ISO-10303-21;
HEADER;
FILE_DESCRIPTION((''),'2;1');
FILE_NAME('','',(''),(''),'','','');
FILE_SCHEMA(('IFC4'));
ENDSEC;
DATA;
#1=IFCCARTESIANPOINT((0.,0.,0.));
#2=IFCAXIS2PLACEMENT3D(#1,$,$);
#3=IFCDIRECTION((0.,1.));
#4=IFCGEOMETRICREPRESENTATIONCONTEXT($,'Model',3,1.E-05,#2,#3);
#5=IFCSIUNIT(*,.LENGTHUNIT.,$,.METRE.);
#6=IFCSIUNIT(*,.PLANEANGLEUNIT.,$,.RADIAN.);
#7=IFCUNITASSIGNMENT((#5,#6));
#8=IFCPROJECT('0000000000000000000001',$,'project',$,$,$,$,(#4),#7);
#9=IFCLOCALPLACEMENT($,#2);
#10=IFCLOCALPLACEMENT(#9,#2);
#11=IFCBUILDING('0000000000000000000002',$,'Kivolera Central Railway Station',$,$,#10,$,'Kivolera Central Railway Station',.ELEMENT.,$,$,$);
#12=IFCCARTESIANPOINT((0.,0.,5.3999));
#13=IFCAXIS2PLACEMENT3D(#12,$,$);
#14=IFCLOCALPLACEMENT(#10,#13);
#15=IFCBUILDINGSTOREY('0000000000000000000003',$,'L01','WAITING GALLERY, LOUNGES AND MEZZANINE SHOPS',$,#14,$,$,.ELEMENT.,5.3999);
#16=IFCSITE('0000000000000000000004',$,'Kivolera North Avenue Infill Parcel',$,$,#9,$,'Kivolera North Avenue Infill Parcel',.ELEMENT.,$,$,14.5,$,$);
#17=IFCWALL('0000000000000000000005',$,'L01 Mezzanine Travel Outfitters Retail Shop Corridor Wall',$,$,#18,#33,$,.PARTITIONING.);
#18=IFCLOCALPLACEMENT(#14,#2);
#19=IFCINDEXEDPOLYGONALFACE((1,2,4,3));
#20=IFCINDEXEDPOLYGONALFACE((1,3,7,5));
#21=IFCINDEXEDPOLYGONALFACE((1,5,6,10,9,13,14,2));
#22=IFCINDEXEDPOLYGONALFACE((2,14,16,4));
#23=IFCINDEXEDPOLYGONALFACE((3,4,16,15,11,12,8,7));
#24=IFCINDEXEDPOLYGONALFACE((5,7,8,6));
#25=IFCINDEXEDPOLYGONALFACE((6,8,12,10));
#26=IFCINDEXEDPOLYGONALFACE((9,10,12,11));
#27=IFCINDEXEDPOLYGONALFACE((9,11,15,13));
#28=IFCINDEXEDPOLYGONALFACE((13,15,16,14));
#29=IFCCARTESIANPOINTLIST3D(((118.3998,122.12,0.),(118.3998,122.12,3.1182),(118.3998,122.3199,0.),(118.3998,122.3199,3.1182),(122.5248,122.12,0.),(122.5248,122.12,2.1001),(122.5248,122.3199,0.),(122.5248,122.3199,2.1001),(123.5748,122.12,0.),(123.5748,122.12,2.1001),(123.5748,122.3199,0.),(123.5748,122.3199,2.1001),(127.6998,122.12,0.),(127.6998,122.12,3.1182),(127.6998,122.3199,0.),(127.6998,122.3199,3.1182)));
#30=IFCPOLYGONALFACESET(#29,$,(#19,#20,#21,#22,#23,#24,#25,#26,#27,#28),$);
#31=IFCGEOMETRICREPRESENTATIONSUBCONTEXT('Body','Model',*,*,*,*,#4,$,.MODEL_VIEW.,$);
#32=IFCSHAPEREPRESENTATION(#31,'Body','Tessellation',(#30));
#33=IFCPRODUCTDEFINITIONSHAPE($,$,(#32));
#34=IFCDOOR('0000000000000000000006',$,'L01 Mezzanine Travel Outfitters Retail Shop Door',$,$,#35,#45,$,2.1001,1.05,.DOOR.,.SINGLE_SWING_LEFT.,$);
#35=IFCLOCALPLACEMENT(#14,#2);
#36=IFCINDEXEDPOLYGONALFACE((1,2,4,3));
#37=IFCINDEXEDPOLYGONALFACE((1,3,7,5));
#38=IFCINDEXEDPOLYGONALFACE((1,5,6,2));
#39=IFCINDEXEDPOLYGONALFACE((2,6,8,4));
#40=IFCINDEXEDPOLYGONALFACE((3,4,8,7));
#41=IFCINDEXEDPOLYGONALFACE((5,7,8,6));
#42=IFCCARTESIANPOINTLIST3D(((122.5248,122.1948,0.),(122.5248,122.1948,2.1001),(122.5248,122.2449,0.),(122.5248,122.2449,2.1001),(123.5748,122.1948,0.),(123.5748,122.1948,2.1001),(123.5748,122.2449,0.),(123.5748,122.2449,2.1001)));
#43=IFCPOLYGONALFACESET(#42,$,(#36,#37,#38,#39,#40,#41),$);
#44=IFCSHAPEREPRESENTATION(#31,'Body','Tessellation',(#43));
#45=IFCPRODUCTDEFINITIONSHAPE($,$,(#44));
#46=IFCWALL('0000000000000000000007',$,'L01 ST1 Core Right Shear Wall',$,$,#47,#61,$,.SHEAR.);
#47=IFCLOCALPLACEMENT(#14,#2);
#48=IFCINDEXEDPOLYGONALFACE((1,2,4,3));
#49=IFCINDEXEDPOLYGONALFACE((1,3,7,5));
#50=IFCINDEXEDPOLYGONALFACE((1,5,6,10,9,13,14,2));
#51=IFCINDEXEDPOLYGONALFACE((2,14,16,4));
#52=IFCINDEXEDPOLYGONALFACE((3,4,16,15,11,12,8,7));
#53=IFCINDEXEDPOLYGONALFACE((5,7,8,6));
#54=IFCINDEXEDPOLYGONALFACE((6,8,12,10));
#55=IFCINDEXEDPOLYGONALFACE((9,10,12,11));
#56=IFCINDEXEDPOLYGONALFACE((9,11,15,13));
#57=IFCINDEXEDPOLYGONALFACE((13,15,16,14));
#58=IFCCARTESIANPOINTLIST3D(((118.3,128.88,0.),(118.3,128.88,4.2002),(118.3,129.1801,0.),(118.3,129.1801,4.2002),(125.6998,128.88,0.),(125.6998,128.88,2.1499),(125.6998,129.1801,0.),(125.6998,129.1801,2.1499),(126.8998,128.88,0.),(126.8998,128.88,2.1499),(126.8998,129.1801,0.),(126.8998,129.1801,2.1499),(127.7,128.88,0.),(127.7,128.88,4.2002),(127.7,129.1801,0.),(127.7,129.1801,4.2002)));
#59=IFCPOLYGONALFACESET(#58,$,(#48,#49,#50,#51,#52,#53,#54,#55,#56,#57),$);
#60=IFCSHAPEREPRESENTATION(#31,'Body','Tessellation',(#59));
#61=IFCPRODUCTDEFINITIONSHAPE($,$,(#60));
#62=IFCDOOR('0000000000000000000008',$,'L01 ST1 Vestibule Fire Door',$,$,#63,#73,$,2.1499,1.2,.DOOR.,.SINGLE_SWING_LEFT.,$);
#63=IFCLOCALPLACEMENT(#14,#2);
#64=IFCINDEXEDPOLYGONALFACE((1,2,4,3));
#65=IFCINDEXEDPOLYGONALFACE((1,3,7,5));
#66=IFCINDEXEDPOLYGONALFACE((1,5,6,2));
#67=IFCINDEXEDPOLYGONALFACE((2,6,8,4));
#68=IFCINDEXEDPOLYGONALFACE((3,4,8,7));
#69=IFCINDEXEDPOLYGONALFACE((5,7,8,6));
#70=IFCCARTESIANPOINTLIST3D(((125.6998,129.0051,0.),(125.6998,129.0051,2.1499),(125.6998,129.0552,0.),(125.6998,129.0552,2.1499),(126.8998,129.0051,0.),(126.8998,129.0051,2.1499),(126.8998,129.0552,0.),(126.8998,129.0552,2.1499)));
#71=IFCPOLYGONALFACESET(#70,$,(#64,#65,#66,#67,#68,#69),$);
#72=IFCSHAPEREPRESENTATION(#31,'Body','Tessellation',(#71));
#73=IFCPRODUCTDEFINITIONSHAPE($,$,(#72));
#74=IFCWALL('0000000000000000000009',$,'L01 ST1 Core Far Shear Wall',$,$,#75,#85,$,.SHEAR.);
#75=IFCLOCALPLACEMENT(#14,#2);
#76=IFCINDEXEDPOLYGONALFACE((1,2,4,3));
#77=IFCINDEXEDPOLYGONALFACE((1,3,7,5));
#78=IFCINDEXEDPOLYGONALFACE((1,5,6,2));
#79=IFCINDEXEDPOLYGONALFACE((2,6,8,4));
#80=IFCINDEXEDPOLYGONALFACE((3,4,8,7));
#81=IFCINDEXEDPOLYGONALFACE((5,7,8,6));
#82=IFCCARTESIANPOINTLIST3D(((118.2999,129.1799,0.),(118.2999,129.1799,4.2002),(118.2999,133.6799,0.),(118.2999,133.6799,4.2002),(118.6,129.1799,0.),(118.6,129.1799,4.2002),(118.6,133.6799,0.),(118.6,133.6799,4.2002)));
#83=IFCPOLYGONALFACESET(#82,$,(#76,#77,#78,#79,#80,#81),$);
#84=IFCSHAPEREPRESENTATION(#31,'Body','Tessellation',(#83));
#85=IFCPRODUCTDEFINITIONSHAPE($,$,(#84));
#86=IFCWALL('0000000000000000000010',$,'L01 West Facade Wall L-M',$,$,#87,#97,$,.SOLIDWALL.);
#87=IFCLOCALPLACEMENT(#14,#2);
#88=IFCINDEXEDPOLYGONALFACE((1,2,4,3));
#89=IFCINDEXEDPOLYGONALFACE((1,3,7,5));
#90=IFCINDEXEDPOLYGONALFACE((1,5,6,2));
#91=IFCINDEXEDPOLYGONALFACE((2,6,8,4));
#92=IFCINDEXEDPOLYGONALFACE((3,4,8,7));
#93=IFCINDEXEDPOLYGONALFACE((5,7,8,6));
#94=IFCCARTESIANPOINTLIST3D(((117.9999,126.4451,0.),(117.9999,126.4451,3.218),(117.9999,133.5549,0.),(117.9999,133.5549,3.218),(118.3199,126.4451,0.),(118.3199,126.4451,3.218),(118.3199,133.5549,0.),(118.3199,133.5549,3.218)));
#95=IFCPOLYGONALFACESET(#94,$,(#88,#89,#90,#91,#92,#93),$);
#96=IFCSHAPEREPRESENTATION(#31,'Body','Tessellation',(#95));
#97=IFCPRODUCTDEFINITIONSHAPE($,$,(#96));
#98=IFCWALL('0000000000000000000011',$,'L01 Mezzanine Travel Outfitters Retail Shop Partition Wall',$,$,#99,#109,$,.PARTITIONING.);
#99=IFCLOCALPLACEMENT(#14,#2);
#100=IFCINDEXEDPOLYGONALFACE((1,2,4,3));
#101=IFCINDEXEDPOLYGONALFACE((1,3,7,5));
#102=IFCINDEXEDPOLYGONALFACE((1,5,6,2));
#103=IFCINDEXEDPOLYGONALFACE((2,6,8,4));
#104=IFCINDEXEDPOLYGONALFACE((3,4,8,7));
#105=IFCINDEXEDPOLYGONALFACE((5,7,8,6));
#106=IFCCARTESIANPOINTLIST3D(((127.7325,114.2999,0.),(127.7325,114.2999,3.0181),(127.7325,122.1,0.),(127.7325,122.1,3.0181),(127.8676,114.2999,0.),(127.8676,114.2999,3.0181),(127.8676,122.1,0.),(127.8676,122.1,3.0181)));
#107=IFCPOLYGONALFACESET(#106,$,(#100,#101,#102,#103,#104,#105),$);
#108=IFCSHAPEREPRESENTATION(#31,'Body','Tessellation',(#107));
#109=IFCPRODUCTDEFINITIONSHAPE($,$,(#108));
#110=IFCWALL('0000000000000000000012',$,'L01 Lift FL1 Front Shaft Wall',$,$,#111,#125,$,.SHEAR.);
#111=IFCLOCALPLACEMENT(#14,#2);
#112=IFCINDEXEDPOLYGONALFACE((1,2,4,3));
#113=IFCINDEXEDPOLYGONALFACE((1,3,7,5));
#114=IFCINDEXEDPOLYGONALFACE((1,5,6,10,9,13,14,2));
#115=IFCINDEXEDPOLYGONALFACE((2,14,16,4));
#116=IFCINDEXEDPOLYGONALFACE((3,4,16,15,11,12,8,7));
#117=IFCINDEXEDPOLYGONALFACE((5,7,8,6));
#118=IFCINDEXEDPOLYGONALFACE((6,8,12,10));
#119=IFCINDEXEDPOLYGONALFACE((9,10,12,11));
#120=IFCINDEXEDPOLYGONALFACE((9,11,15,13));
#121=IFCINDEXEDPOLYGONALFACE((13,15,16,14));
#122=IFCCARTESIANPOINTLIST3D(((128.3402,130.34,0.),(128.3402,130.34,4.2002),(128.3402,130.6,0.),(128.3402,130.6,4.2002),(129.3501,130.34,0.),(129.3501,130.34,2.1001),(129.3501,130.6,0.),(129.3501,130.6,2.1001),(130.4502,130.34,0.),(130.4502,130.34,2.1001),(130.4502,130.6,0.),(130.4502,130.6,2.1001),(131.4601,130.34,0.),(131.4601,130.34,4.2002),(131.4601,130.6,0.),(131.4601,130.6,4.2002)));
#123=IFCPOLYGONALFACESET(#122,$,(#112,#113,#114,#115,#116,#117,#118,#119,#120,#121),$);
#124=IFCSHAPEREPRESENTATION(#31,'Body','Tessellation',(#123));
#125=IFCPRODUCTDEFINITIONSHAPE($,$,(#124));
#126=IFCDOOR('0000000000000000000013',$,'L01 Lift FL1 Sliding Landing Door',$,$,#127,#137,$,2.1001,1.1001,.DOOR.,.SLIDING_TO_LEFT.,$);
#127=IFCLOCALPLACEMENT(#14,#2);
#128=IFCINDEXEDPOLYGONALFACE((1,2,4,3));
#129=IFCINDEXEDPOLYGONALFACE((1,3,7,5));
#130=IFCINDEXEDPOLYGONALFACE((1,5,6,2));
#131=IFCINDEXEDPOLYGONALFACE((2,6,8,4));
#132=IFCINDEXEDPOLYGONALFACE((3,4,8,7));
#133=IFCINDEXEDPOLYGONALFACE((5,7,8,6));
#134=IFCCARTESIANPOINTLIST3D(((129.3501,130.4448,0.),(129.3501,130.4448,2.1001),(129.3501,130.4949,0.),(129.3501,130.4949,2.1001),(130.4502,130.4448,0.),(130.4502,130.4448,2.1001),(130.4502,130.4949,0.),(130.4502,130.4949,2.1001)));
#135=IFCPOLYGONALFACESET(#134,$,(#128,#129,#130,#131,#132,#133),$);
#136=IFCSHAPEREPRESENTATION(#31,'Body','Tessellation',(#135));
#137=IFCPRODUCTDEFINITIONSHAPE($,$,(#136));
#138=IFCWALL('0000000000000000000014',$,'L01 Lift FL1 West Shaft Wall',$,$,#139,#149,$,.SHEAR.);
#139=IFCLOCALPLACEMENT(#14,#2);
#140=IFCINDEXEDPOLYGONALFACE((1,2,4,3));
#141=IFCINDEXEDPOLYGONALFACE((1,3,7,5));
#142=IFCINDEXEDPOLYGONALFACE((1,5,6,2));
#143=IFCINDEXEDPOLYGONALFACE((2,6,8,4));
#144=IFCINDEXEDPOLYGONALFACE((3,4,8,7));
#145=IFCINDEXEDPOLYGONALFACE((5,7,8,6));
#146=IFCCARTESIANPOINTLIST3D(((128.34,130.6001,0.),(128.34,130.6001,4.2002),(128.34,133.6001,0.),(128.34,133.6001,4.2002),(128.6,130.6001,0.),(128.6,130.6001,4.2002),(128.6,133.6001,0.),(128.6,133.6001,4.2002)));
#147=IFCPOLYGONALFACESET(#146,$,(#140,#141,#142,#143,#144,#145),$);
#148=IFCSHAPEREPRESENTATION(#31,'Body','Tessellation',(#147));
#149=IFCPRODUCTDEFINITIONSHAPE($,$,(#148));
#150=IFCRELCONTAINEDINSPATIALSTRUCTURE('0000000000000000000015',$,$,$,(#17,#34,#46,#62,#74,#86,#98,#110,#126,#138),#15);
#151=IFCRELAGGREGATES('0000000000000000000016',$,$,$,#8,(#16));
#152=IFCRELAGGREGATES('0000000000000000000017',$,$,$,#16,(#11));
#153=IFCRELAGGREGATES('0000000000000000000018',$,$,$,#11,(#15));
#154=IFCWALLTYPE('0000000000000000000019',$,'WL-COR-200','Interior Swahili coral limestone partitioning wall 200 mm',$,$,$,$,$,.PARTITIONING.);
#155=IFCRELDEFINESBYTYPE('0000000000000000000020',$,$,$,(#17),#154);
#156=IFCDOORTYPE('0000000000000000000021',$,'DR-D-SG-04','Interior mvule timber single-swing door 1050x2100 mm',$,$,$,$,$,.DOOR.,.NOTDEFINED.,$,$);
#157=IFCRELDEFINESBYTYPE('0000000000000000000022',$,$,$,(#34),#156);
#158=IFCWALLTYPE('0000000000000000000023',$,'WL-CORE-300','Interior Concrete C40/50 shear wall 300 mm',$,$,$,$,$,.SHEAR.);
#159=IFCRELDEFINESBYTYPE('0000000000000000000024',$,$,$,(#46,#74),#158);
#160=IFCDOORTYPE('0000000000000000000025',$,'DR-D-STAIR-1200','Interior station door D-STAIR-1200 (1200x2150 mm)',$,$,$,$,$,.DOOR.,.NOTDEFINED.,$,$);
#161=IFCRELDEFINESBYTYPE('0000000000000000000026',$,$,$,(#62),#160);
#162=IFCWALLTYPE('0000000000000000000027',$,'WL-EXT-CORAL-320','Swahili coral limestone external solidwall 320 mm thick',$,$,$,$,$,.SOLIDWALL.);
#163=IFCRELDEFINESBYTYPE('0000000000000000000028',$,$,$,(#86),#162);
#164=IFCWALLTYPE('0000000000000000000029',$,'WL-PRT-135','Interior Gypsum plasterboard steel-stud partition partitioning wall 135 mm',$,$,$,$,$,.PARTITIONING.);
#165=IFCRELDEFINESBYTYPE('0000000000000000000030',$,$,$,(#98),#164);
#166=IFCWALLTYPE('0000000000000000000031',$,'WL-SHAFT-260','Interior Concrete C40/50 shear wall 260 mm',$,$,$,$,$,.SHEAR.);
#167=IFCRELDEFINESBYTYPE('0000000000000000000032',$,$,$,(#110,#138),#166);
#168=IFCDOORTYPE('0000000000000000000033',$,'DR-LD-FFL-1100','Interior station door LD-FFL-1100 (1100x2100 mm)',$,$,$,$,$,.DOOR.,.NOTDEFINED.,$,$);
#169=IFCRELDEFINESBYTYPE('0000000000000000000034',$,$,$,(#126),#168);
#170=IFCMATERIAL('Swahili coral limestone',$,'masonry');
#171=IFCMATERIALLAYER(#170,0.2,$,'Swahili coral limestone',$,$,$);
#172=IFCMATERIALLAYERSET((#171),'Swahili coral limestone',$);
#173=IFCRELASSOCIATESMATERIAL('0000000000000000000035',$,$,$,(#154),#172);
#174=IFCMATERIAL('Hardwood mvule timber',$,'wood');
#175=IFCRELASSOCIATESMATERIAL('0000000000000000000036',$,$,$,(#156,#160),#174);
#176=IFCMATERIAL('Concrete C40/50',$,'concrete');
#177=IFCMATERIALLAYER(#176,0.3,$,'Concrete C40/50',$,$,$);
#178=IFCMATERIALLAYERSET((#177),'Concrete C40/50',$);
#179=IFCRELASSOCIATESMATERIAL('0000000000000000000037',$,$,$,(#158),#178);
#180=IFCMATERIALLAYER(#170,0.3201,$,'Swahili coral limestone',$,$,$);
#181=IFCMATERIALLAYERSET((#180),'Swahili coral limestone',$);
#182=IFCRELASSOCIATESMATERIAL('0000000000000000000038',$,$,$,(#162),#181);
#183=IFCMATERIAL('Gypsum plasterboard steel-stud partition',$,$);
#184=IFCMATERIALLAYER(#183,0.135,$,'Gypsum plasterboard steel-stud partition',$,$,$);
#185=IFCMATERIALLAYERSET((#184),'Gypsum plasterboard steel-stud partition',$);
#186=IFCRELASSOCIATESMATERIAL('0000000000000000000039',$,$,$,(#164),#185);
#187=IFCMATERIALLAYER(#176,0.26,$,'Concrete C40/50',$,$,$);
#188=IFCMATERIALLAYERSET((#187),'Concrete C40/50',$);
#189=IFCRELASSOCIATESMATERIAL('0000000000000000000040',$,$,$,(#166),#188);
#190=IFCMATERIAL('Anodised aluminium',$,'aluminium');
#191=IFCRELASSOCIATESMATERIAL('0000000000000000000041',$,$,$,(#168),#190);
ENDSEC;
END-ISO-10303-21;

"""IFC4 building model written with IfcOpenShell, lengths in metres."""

from ifc_helpers import new_model, si_unit, direction, frame, frame_2d, origin, place, context, subcontext, project, spatial, rectangle, extrude, material, layer, layer_set, type_object, element, fill, save


model = new_model("IFC4")

# Units and contexts
model_context = context("Model", 3, precision=1e-05, world=origin(), true_north=direction((0.0, 1.0)))
body_context = subcontext(model_context, "Body", "Model", "MODEL_VIEW")
ifc_project = project(units=[si_unit("LENGTHUNIT", "METRE"), si_unit("PLANEANGLEUNIT", "RADIAN")], contexts=[model_context])

# Site, building, storey
site_placement = place(None, origin())
site = spatial("IfcSite", under=ifc_project, at=site_placement, Name="Kivolera North Avenue Infill Parcel", LongName="Kivolera North Avenue Infill Parcel", CompositionType="ELEMENT", RefElevation=14.5)
building_placement = place(site_placement, origin())
building = spatial("IfcBuilding", under=site, at=building_placement, Name="Kivolera Central Railway Station", LongName="Kivolera Central Railway Station", CompositionType="ELEMENT")
storey_placement = place(building_placement, frame((0.0, 0.0, 5.3999)))
storey = spatial("IfcBuildingStorey", under=building, at=storey_placement, Name="L01", Description="WAITING GALLERY, LOUNGES AND MEZZANINE SHOPS", CompositionType="ELEMENT", Elevation=5.3999)

# Shared definitions
ifc_material_1 = material(Name="Concrete C40/50", Category="concrete")

# Shared definitions
ifc_material_2 = material(Name="Anodised aluminium", Category="aluminium")

# Walls, openings, doors
ifc_material_3 = material(Name="Swahili coral limestone", Category="masonry")
ifc_layer_1 = layer(ifc_material_3, 0.2, Name="Swahili coral limestone")
ifc_layer_set_1 = layer_set([ifc_layer_1], Name="Swahili coral limestone")
wall_type_1 = type_object("IfcWallType", Name="WL-COR-200", Description="Interior Swahili coral limestone partitioning wall 200 mm", PredefinedType="PARTITIONING", material=ifc_layer_set_1)
wall_1_placement = place(storey_placement, frame((118.3999, 122.22, 0.0), z_axis=(0.0, 0.0, 1.0), x_axis=(1.0, 0.0, 0.0)))
wall_1 = element("IfcWall", 1, at=wall_1_placement, inside=storey, type_object=wall_type_1, Name="L01 Mezzanine Travel Outfitters Retail Shop Corridor Wall", PredefinedType="PARTITIONING", context=body_context, shape_type="SweptSolid", body=[
    extrude(rectangle(XDim=9.3, YDim=0.2, at=frame_2d((4.6499, 0.0))), origin(), (0.0, 0.0, 1.0), 3.1182),
])
opening_1_placement = place(wall_1_placement, frame((4.125, 0.0, 0.0)))
opening_1 = element("IfcOpeningElement", 2, at=opening_1_placement, cuts=wall_1, PredefinedType="OPENING", context=body_context, shape_type="SweptSolid", body=[
    extrude(rectangle(XDim=1.05, YDim=2.1001, at=frame_2d((0.5249, 1.05))), frame((0.0, 0.1099, 0.0), z_axis=(0.0, -1.0, 0.0), x_axis=(1.0, 0.0, 0.0)), (0.0, 0.0, 1.0), 0.22),
])
ifc_material_4 = material(Name="Hardwood mvule timber", Category="wood")
door_type_1 = type_object("IfcDoorType", Name="DR-D-SG-04", Description="Interior mvule timber single-swing door 1050x2100 mm", OperationType="NOTDEFINED", PredefinedType="DOOR", material=ifc_material_4)
door_1_placement = place(opening_1_placement, origin())
door_1 = element("IfcDoor", 3, at=door_1_placement, inside=storey, type_object=door_type_1, Name="L01 Mezzanine Travel Outfitters Retail Shop Door", OperationType="SINGLE_SWING_LEFT", OverallHeight=2.1001, OverallWidth=1.05, PredefinedType="DOOR", context=body_context, shape_type="SweptSolid", body=[
    extrude(rectangle(XDim=1.05, YDim=2.1001, at=frame_2d((0.5249, 1.05))), frame((0.0, 0.0249, 0.0), z_axis=(0.0, -1.0, 0.0), x_axis=(1.0, 0.0, 0.0)), (0.0, 0.0, 1.0), 0.05),
])
fill(opening_1, door_1)
ifc_layer_2 = layer(ifc_material_1, 0.3, Name="Concrete C40/50")
ifc_layer_set_2 = layer_set([ifc_layer_2], Name="Concrete C40/50")
wall_type_2 = type_object("IfcWallType", Name="WL-CORE-300", Description="Interior Concrete C40/50 shear wall 300 mm", PredefinedType="SHEAR", material=ifc_layer_set_2)
wall_2_placement = place(storey_placement, frame((127.7, 129.03, 0.0), z_axis=(0.0, 0.0, 1.0), x_axis=(-1.0, 0.0, 0.0)))
wall_2 = element("IfcWall", 4, at=wall_2_placement, inside=storey, type_object=wall_type_2, Name="L01 ST1 Core Right Shear Wall", PredefinedType="SHEAR", context=body_context, shape_type="SweptSolid", body=[
    extrude(rectangle(XDim=9.3999, YDim=0.3, at=frame_2d((4.7, 0.0))), origin(), (0.0, 0.0, 1.0), 4.2002),
])
opening_2_placement = place(wall_2_placement, frame((0.8, 0.0, 0.0)))
opening_2 = element("IfcOpeningElement", 5, at=opening_2_placement, cuts=wall_2, PredefinedType="OPENING", context=body_context, shape_type="SweptSolid", body=[
    extrude(rectangle(XDim=1.2, YDim=2.1499, at=frame_2d((0.6001, 1.075))), frame((0.0, 0.1599, 0.0), z_axis=(0.0, -1.0, 0.0), x_axis=(1.0, 0.0, 0.0)), (0.0, 0.0, 1.0), 0.3201),
])
door_type_2 = type_object("IfcDoorType", Name="DR-D-STAIR-1200", Description="Interior station door D-STAIR-1200 (1200x2150 mm)", OperationType="NOTDEFINED", PredefinedType="DOOR", material=ifc_material_4)
door_2_placement = place(opening_2_placement, origin())
door_2 = element("IfcDoor", 6, at=door_2_placement, inside=storey, type_object=door_type_2, Name="L01 ST1 Vestibule Fire Door", OperationType="SINGLE_SWING_LEFT", OverallHeight=2.1499, OverallWidth=1.2, PredefinedType="DOOR", context=body_context, shape_type="SweptSolid", body=[
    extrude(rectangle(XDim=1.2, YDim=2.1499, at=frame_2d((0.6001, 1.075))), frame((0.0, 0.0249, 0.0), z_axis=(0.0, -1.0, 0.0), x_axis=(1.0, 0.0, 0.0)), (0.0, 0.0, 1.0), 0.05),
])
fill(opening_2, door_2)

# Walls
wall_3_placement = place(storey_placement, frame((118.45, 129.1799, 0.0), z_axis=(0.0, 0.0, 1.0), x_axis=(0.0, 1.0, 0.0)))
element("IfcWall", 7, at=wall_3_placement, inside=storey, type_object=wall_type_2, Name="L01 ST1 Core Far Shear Wall", PredefinedType="SHEAR", context=body_context, shape_type="SweptSolid", body=[
    extrude(rectangle(XDim=4.5, YDim=0.3, at=frame_2d((2.25, 0.0))), origin(), (0.0, 0.0, 1.0), 4.2002),
])
ifc_layer_3 = layer(ifc_material_3, 0.3201, Name="Swahili coral limestone")
ifc_layer_set_3 = layer_set([ifc_layer_3], Name="Swahili coral limestone")
wall_type_3 = type_object("IfcWallType", Name="WL-EXT-CORAL-320", Description="Swahili coral limestone external solidwall 320 mm thick", PredefinedType="SOLIDWALL", material=ifc_layer_set_3)
wall_4_placement = place(storey_placement, frame((118.1599, 126.4451, 0.0), z_axis=(0.0, 0.0, 1.0), x_axis=(0.0, 1.0, 0.0)))
element("IfcWall", 8, at=wall_4_placement, inside=storey, type_object=wall_type_3, Name="L01 West Facade Wall L-M", PredefinedType="SOLIDWALL", context=body_context, shape_type="SweptSolid", body=[
    extrude(rectangle(XDim=7.1099, YDim=0.3201, at=frame_2d((3.5549, 0.0))), origin(), (0.0, 0.0, 1.0), 3.218),
])

# Wall
ifc_material_5 = material(Name="Gypsum plasterboard steel-stud partition")
ifc_layer_4 = layer(ifc_material_5, 0.135, Name="Gypsum plasterboard steel-stud partition")
ifc_layer_set_4 = layer_set([ifc_layer_4], Name="Gypsum plasterboard steel-stud partition")
wall_type_4 = type_object("IfcWallType", Name="WL-PRT-135", Description="Interior Gypsum plasterboard steel-stud partition partitioning wall 135 mm", PredefinedType="PARTITIONING", material=ifc_layer_set_4)
wall_5_placement = place(storey_placement, frame((127.8, 114.3, 0.0), z_axis=(0.0, 0.0, 1.0), x_axis=(0.0, 1.0, 0.0)))
element("IfcWall", 9, at=wall_5_placement, inside=storey, type_object=wall_type_4, Name="L01 Mezzanine Travel Outfitters Retail Shop Partition Wall", PredefinedType="PARTITIONING", context=body_context, shape_type="SweptSolid", body=[
    extrude(rectangle(XDim=7.8, YDim=0.135, at=frame_2d((3.8999, 0.0))), origin(), (0.0, 0.0, 1.0), 3.0181),
])

# Wall, opening, door
ifc_layer_5 = layer(ifc_material_1, 0.26, Name="Concrete C40/50")
ifc_layer_set_5 = layer_set([ifc_layer_5], Name="Concrete C40/50")
wall_type_5 = type_object("IfcWallType", Name="WL-SHAFT-260", Description="Interior Concrete C40/50 shear wall 260 mm", PredefinedType="SHEAR", material=ifc_layer_set_5)
wall_6_placement = place(storey_placement, frame((128.3401, 130.47, 0.0), z_axis=(0.0, 0.0, 1.0), x_axis=(1.0, 0.0, 0.0)))
wall_6 = element("IfcWall", 10, at=wall_6_placement, inside=storey, type_object=wall_type_5, Name="L01 Lift FL1 Front Shaft Wall", PredefinedType="SHEAR", context=body_context, shape_type="SweptSolid", body=[
    extrude(rectangle(XDim=3.1199, YDim=0.26, at=frame_2d((1.5601, 0.0))), origin(), (0.0, 0.0, 1.0), 4.2002),
])
opening_3_placement = place(wall_6_placement, frame((1.01, 0.0, 0.0)))
opening_3 = element("IfcOpeningElement", 11, at=opening_3_placement, cuts=wall_6, PredefinedType="OPENING", context=body_context, shape_type="SweptSolid", body=[
    extrude(rectangle(XDim=1.1001, YDim=2.1001, at=frame_2d((0.55, 1.05))), frame((0.0, 0.1399, 0.0), z_axis=(0.0, -1.0, 0.0), x_axis=(1.0, 0.0, 0.0)), (0.0, 0.0, 1.0), 0.28),
])
door_type_3 = type_object("IfcDoorType", Name="DR-LD-FFL-1100", Description="Interior station door LD-FFL-1100 (1100x2100 mm)", OperationType="NOTDEFINED", PredefinedType="DOOR", material=ifc_material_2)
door_3_placement = place(opening_3_placement, origin())
door_3 = element("IfcDoor", 12, at=door_3_placement, inside=storey, type_object=door_type_3, Name="L01 Lift FL1 Sliding Landing Door", OperationType="SLIDING_TO_LEFT", OverallHeight=2.1001, OverallWidth=1.1001, PredefinedType="DOOR", context=body_context, shape_type="SweptSolid", body=[
    extrude(rectangle(XDim=1.1001, YDim=2.1001, at=frame_2d((0.55, 1.05))), frame((0.0, 0.0249, 0.0), z_axis=(0.0, -1.0, 0.0), x_axis=(1.0, 0.0, 0.0)), (0.0, 0.0, 1.0), 0.05),
])
fill(opening_3, door_3)

# Wall
wall_7_placement = place(storey_placement, frame((128.47, 130.6001, 0.0), z_axis=(0.0, 0.0, 1.0), x_axis=(0.0, 1.0, 0.0)))
element("IfcWall", 13, at=wall_7_placement, inside=storey, type_object=wall_type_5, Name="L01 Lift FL1 West Shaft Wall", PredefinedType="SHEAR", context=body_context, shape_type="SweptSolid", body=[
    extrude(rectangle(XDim=3.0, YDim=0.26, at=frame_2d((1.5, 0.0))), origin(), (0.0, 0.0, 1.0), 4.2002),
])

save(model, "model.ifc")
